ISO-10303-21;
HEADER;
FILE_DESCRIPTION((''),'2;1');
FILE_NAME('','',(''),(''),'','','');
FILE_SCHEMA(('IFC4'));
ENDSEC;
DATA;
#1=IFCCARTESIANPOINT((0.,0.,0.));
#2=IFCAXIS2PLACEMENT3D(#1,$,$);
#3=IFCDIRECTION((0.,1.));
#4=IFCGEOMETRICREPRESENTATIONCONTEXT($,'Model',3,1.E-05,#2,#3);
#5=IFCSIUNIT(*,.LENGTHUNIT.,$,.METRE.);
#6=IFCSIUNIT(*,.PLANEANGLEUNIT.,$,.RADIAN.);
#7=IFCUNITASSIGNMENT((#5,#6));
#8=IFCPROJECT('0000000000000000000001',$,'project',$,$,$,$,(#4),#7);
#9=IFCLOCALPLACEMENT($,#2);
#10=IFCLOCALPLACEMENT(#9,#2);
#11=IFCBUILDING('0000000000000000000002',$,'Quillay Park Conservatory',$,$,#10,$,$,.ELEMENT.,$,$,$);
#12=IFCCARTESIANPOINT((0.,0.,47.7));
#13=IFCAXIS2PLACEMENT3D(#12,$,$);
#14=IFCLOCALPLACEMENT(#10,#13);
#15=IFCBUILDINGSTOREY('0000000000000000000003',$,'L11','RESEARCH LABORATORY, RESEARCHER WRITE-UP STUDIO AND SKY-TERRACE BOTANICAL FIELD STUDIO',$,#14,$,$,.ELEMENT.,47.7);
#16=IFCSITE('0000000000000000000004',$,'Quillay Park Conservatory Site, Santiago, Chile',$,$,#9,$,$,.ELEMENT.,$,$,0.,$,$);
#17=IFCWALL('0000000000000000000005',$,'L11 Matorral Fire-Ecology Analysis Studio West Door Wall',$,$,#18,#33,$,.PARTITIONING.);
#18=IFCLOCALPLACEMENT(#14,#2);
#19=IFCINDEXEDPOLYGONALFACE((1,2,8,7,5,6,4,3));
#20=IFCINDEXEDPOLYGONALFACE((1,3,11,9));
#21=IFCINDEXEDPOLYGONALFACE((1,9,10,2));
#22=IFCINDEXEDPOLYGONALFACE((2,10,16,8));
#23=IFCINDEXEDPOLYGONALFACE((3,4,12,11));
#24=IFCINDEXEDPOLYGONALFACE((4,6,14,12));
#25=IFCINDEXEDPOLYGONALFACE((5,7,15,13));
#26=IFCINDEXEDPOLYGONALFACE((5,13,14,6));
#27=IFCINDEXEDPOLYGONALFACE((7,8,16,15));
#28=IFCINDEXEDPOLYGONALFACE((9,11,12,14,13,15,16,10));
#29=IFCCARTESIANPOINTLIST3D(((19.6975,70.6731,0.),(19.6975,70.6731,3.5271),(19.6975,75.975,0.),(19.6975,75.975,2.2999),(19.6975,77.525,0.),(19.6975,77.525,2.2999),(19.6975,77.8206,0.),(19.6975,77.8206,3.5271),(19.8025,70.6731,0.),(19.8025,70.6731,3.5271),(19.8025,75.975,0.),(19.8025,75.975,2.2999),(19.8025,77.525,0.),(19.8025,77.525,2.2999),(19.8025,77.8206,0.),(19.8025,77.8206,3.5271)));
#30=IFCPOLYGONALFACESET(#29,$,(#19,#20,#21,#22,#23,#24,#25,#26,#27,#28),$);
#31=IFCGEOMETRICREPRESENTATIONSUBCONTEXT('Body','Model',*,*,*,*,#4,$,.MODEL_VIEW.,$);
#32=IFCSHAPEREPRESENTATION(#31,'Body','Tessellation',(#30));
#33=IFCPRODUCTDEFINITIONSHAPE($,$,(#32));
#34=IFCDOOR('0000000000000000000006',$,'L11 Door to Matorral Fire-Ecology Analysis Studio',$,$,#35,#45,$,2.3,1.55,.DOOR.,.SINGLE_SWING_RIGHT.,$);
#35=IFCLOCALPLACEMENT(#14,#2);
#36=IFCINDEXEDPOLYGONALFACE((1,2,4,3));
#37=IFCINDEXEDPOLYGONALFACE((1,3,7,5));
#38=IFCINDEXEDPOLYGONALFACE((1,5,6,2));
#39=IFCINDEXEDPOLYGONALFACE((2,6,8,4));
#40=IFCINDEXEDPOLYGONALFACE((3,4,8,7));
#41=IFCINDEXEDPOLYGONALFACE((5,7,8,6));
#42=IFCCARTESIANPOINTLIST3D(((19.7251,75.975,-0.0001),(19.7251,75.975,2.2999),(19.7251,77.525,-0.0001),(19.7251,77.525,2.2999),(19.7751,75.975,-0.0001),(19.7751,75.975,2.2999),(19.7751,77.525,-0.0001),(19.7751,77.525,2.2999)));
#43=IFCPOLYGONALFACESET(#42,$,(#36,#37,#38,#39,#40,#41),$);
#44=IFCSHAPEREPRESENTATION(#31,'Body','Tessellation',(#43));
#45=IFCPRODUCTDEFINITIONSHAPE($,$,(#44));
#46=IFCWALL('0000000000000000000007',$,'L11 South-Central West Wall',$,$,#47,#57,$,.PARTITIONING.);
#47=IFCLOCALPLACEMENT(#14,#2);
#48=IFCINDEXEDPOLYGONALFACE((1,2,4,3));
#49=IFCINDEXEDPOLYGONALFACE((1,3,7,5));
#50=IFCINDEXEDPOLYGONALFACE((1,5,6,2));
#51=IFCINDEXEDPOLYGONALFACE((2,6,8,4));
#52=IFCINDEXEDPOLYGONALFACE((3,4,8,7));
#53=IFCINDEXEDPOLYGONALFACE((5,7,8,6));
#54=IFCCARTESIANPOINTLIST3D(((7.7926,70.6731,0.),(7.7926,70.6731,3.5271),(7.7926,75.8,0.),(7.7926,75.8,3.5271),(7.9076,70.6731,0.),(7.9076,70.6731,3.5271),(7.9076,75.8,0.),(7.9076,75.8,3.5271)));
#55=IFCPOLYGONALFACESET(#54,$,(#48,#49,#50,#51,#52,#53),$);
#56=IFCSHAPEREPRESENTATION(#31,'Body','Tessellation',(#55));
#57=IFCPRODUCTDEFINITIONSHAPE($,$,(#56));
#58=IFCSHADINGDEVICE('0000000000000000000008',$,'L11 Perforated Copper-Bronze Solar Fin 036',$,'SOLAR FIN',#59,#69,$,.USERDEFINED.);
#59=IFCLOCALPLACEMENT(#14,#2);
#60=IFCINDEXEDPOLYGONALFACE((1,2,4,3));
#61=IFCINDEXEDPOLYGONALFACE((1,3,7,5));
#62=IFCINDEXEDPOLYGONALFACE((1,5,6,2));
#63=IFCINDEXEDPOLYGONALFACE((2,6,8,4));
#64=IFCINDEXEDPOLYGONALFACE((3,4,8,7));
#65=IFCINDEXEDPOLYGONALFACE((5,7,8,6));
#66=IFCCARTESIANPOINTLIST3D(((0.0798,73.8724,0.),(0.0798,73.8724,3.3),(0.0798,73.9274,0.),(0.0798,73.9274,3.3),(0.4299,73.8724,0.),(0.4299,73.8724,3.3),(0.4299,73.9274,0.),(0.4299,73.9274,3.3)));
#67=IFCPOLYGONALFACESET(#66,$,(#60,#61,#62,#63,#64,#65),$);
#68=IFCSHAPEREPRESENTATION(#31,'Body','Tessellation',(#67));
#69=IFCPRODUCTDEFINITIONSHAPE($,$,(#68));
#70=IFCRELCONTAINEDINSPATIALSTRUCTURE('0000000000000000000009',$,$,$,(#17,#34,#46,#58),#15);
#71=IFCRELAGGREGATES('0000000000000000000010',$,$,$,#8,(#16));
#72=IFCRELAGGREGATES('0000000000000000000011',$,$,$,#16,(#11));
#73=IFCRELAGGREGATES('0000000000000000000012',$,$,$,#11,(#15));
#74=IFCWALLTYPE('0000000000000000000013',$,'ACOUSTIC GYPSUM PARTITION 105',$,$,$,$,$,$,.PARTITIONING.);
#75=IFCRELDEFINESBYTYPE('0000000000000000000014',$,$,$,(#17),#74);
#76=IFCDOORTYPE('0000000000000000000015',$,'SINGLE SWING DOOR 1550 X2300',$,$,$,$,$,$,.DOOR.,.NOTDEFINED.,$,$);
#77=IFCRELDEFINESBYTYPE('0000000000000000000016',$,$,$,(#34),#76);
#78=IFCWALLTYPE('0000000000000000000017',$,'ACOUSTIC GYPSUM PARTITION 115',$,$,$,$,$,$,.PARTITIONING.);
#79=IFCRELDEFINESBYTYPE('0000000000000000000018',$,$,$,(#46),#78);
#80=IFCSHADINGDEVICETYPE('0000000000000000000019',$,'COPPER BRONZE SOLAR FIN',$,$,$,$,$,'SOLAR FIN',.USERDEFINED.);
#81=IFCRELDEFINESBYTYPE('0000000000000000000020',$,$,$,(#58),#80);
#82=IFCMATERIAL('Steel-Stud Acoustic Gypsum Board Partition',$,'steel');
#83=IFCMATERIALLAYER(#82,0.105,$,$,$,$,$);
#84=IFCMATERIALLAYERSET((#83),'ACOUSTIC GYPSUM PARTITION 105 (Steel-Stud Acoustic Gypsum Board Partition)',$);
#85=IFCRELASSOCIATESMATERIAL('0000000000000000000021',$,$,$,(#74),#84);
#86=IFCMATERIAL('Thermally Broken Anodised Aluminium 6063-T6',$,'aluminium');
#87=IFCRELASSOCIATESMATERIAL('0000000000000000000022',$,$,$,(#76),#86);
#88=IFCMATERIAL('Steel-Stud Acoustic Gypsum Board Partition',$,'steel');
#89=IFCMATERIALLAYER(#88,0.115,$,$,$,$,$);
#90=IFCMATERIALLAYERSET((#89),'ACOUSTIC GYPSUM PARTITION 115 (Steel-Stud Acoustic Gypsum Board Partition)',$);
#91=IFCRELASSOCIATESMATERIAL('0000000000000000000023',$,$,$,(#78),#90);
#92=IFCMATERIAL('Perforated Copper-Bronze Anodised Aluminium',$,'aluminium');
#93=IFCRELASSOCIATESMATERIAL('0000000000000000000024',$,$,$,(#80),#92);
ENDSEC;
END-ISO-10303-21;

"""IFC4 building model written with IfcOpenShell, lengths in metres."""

from ifc_helpers import new_model, si_unit, direction, frame, frame_2d, origin, origin_2d, place, context, subcontext, project, spatial, rectangle, extrude, material, layer, layer_set, type_object, element, fill, save


model = new_model("IFC4")

# Units and contexts
model_context = context("Model", 3, precision=1e-05, world=origin(), true_north=direction((0.0, 1.0)))
body_context = subcontext(model_context, "Body", "Model", "MODEL_VIEW")
ifc_project = project(units=[si_unit("LENGTHUNIT", "METRE"), si_unit("PLANEANGLEUNIT", "RADIAN")], contexts=[model_context])

# Site, building, storey
site_placement = place(None, origin())
site = spatial("IfcSite", under=ifc_project, at=site_placement, Name="Quillay Park Conservatory Site, Santiago, Chile", CompositionType="ELEMENT", RefElevation=0.0)
building_placement = place(site_placement, origin())
building = spatial("IfcBuilding", under=site, at=building_placement, Name="Quillay Park Conservatory", CompositionType="ELEMENT")
storey_placement = place(building_placement, frame((0.0, 0.0, 47.7)))
storey = spatial("IfcBuildingStorey", under=building, at=storey_placement, Name="L11", Description="RESEARCH LABORATORY, RESEARCHER WRITE-UP STUDIO AND SKY-TERRACE BOTANICAL FIELD STUDIO", CompositionType="ELEMENT", Elevation=47.7)

# Wall, opening, door
ifc_material_1 = material(Name="Steel-Stud Acoustic Gypsum Board Partition", Category="steel")
ifc_layer_1 = layer(ifc_material_1, 0.105)
ifc_layer_set_1 = layer_set([ifc_layer_1], Name="ACOUSTIC GYPSUM PARTITION 105 (Steel-Stud Acoustic Gypsum Board Partition)")
wall_type_1 = type_object("IfcWallType", Name="ACOUSTIC GYPSUM PARTITION 105", PredefinedType="PARTITIONING", material=ifc_layer_set_1)
wall_1_placement = place(storey_placement, frame((19.75, 70.6731, 0.0), z_axis=(0.0, 0.0, 1.0), x_axis=(0.0, 1.0, 0.0)))
wall_1 = element("IfcWall", 1, at=wall_1_placement, inside=storey, type_object=wall_type_1, Name="L11 Matorral Fire-Ecology Analysis Studio West Door Wall", PredefinedType="PARTITIONING", context=body_context, shape_type="SweptSolid", body=[
    extrude(rectangle(XDim=7.1475, YDim=0.105, at=frame_2d((3.5737, 0.0))), origin(), (0.0, 0.0, 1.0), 3.5271),
])
opening_placement = place(wall_1_placement, frame((5.302, 0.0, 0.0)))
opening = element("IfcOpeningElement", 2, at=opening_placement, cuts=wall_1, PredefinedType="OPENING", context=body_context, shape_type="SweptSolid", body=[
    extrude(rectangle(XDim=1.55, YDim=2.3, at=frame_2d((0.7749, 1.1499))), frame((0.0, 0.0525, 0.0), z_axis=(0.0, -1.0, 0.0), x_axis=(1.0, 0.0, 0.0)), (0.0, 0.0, 1.0), 0.105),
])
ifc_material_2 = material(Name="Thermally Broken Anodised Aluminium 6063-T6", Category="aluminium")
door_type = type_object("IfcDoorType", Name="SINGLE SWING DOOR 1550 X2300", OperationType="NOTDEFINED", PredefinedType="DOOR", material=ifc_material_2)
door_placement = place(opening_placement, origin())
door = element("IfcDoor", 3, at=door_placement, inside=storey, type_object=door_type, Name="L11 Door to Matorral Fire-Ecology Analysis Studio", OperationType="SINGLE_SWING_RIGHT", OverallHeight=2.3, OverallWidth=1.55, PredefinedType="DOOR", context=body_context, shape_type="SweptSolid", body=[
    extrude(rectangle(XDim=1.55, YDim=2.3, at=frame_2d((0.7749, 1.1499))), frame((0.0, 0.0249, 0.0), z_axis=(0.0, -1.0, 0.0), x_axis=(1.0, 0.0, 0.0)), (0.0, 0.0, 1.0), 0.05),
])
fill(opening, door)

# Wall
ifc_material_3 = material(Name="Steel-Stud Acoustic Gypsum Board Partition", Category="steel")
ifc_layer_2 = layer(ifc_material_3, 0.115)
ifc_layer_set_2 = layer_set([ifc_layer_2], Name="ACOUSTIC GYPSUM PARTITION 115 (Steel-Stud Acoustic Gypsum Board Partition)")
wall_type_2 = type_object("IfcWallType", Name="ACOUSTIC GYPSUM PARTITION 115", PredefinedType="PARTITIONING", material=ifc_layer_set_2)
wall_2_placement = place(storey_placement, frame((7.8501, 70.6731, 0.0), z_axis=(0.0, 0.0, 1.0), x_axis=(0.0, 1.0, 0.0)))
element("IfcWall", 4, at=wall_2_placement, inside=storey, type_object=wall_type_2, Name="L11 South-Central West Wall", PredefinedType="PARTITIONING", context=body_context, shape_type="SweptSolid", body=[
    extrude(rectangle(XDim=5.127, YDim=0.115, at=frame_2d((2.5635, 0.0))), origin(), (0.0, 0.0, 1.0), 3.5271),
])

# Shading device
ifc_material_4 = material(Name="Perforated Copper-Bronze Anodised Aluminium", Category="aluminium")
shading_device_type = type_object("IfcShadingDeviceType", Name="COPPER BRONZE SOLAR FIN", ElementType="SOLAR FIN", PredefinedType="USERDEFINED", material=ifc_material_4)
shading_device_placement = place(storey_placement, frame((0.2549, 73.8999, 0.0), z_axis=(0.0, 0.0, 1.0), x_axis=(1.0, 0.0, 0.0)))
element("IfcShadingDevice", 5, at=shading_device_placement, inside=storey, type_object=shading_device_type, Name="L11 Perforated Copper-Bronze Solar Fin 036", ObjectType="SOLAR FIN", PredefinedType="USERDEFINED", context=body_context, shape_type="SweptSolid", body=[
    extrude(rectangle(XDim=0.3501, YDim=0.0549, at=origin_2d()), origin(), (0.0, 0.0, 1.0), 3.3),
])

save(model, "model.ifc")
